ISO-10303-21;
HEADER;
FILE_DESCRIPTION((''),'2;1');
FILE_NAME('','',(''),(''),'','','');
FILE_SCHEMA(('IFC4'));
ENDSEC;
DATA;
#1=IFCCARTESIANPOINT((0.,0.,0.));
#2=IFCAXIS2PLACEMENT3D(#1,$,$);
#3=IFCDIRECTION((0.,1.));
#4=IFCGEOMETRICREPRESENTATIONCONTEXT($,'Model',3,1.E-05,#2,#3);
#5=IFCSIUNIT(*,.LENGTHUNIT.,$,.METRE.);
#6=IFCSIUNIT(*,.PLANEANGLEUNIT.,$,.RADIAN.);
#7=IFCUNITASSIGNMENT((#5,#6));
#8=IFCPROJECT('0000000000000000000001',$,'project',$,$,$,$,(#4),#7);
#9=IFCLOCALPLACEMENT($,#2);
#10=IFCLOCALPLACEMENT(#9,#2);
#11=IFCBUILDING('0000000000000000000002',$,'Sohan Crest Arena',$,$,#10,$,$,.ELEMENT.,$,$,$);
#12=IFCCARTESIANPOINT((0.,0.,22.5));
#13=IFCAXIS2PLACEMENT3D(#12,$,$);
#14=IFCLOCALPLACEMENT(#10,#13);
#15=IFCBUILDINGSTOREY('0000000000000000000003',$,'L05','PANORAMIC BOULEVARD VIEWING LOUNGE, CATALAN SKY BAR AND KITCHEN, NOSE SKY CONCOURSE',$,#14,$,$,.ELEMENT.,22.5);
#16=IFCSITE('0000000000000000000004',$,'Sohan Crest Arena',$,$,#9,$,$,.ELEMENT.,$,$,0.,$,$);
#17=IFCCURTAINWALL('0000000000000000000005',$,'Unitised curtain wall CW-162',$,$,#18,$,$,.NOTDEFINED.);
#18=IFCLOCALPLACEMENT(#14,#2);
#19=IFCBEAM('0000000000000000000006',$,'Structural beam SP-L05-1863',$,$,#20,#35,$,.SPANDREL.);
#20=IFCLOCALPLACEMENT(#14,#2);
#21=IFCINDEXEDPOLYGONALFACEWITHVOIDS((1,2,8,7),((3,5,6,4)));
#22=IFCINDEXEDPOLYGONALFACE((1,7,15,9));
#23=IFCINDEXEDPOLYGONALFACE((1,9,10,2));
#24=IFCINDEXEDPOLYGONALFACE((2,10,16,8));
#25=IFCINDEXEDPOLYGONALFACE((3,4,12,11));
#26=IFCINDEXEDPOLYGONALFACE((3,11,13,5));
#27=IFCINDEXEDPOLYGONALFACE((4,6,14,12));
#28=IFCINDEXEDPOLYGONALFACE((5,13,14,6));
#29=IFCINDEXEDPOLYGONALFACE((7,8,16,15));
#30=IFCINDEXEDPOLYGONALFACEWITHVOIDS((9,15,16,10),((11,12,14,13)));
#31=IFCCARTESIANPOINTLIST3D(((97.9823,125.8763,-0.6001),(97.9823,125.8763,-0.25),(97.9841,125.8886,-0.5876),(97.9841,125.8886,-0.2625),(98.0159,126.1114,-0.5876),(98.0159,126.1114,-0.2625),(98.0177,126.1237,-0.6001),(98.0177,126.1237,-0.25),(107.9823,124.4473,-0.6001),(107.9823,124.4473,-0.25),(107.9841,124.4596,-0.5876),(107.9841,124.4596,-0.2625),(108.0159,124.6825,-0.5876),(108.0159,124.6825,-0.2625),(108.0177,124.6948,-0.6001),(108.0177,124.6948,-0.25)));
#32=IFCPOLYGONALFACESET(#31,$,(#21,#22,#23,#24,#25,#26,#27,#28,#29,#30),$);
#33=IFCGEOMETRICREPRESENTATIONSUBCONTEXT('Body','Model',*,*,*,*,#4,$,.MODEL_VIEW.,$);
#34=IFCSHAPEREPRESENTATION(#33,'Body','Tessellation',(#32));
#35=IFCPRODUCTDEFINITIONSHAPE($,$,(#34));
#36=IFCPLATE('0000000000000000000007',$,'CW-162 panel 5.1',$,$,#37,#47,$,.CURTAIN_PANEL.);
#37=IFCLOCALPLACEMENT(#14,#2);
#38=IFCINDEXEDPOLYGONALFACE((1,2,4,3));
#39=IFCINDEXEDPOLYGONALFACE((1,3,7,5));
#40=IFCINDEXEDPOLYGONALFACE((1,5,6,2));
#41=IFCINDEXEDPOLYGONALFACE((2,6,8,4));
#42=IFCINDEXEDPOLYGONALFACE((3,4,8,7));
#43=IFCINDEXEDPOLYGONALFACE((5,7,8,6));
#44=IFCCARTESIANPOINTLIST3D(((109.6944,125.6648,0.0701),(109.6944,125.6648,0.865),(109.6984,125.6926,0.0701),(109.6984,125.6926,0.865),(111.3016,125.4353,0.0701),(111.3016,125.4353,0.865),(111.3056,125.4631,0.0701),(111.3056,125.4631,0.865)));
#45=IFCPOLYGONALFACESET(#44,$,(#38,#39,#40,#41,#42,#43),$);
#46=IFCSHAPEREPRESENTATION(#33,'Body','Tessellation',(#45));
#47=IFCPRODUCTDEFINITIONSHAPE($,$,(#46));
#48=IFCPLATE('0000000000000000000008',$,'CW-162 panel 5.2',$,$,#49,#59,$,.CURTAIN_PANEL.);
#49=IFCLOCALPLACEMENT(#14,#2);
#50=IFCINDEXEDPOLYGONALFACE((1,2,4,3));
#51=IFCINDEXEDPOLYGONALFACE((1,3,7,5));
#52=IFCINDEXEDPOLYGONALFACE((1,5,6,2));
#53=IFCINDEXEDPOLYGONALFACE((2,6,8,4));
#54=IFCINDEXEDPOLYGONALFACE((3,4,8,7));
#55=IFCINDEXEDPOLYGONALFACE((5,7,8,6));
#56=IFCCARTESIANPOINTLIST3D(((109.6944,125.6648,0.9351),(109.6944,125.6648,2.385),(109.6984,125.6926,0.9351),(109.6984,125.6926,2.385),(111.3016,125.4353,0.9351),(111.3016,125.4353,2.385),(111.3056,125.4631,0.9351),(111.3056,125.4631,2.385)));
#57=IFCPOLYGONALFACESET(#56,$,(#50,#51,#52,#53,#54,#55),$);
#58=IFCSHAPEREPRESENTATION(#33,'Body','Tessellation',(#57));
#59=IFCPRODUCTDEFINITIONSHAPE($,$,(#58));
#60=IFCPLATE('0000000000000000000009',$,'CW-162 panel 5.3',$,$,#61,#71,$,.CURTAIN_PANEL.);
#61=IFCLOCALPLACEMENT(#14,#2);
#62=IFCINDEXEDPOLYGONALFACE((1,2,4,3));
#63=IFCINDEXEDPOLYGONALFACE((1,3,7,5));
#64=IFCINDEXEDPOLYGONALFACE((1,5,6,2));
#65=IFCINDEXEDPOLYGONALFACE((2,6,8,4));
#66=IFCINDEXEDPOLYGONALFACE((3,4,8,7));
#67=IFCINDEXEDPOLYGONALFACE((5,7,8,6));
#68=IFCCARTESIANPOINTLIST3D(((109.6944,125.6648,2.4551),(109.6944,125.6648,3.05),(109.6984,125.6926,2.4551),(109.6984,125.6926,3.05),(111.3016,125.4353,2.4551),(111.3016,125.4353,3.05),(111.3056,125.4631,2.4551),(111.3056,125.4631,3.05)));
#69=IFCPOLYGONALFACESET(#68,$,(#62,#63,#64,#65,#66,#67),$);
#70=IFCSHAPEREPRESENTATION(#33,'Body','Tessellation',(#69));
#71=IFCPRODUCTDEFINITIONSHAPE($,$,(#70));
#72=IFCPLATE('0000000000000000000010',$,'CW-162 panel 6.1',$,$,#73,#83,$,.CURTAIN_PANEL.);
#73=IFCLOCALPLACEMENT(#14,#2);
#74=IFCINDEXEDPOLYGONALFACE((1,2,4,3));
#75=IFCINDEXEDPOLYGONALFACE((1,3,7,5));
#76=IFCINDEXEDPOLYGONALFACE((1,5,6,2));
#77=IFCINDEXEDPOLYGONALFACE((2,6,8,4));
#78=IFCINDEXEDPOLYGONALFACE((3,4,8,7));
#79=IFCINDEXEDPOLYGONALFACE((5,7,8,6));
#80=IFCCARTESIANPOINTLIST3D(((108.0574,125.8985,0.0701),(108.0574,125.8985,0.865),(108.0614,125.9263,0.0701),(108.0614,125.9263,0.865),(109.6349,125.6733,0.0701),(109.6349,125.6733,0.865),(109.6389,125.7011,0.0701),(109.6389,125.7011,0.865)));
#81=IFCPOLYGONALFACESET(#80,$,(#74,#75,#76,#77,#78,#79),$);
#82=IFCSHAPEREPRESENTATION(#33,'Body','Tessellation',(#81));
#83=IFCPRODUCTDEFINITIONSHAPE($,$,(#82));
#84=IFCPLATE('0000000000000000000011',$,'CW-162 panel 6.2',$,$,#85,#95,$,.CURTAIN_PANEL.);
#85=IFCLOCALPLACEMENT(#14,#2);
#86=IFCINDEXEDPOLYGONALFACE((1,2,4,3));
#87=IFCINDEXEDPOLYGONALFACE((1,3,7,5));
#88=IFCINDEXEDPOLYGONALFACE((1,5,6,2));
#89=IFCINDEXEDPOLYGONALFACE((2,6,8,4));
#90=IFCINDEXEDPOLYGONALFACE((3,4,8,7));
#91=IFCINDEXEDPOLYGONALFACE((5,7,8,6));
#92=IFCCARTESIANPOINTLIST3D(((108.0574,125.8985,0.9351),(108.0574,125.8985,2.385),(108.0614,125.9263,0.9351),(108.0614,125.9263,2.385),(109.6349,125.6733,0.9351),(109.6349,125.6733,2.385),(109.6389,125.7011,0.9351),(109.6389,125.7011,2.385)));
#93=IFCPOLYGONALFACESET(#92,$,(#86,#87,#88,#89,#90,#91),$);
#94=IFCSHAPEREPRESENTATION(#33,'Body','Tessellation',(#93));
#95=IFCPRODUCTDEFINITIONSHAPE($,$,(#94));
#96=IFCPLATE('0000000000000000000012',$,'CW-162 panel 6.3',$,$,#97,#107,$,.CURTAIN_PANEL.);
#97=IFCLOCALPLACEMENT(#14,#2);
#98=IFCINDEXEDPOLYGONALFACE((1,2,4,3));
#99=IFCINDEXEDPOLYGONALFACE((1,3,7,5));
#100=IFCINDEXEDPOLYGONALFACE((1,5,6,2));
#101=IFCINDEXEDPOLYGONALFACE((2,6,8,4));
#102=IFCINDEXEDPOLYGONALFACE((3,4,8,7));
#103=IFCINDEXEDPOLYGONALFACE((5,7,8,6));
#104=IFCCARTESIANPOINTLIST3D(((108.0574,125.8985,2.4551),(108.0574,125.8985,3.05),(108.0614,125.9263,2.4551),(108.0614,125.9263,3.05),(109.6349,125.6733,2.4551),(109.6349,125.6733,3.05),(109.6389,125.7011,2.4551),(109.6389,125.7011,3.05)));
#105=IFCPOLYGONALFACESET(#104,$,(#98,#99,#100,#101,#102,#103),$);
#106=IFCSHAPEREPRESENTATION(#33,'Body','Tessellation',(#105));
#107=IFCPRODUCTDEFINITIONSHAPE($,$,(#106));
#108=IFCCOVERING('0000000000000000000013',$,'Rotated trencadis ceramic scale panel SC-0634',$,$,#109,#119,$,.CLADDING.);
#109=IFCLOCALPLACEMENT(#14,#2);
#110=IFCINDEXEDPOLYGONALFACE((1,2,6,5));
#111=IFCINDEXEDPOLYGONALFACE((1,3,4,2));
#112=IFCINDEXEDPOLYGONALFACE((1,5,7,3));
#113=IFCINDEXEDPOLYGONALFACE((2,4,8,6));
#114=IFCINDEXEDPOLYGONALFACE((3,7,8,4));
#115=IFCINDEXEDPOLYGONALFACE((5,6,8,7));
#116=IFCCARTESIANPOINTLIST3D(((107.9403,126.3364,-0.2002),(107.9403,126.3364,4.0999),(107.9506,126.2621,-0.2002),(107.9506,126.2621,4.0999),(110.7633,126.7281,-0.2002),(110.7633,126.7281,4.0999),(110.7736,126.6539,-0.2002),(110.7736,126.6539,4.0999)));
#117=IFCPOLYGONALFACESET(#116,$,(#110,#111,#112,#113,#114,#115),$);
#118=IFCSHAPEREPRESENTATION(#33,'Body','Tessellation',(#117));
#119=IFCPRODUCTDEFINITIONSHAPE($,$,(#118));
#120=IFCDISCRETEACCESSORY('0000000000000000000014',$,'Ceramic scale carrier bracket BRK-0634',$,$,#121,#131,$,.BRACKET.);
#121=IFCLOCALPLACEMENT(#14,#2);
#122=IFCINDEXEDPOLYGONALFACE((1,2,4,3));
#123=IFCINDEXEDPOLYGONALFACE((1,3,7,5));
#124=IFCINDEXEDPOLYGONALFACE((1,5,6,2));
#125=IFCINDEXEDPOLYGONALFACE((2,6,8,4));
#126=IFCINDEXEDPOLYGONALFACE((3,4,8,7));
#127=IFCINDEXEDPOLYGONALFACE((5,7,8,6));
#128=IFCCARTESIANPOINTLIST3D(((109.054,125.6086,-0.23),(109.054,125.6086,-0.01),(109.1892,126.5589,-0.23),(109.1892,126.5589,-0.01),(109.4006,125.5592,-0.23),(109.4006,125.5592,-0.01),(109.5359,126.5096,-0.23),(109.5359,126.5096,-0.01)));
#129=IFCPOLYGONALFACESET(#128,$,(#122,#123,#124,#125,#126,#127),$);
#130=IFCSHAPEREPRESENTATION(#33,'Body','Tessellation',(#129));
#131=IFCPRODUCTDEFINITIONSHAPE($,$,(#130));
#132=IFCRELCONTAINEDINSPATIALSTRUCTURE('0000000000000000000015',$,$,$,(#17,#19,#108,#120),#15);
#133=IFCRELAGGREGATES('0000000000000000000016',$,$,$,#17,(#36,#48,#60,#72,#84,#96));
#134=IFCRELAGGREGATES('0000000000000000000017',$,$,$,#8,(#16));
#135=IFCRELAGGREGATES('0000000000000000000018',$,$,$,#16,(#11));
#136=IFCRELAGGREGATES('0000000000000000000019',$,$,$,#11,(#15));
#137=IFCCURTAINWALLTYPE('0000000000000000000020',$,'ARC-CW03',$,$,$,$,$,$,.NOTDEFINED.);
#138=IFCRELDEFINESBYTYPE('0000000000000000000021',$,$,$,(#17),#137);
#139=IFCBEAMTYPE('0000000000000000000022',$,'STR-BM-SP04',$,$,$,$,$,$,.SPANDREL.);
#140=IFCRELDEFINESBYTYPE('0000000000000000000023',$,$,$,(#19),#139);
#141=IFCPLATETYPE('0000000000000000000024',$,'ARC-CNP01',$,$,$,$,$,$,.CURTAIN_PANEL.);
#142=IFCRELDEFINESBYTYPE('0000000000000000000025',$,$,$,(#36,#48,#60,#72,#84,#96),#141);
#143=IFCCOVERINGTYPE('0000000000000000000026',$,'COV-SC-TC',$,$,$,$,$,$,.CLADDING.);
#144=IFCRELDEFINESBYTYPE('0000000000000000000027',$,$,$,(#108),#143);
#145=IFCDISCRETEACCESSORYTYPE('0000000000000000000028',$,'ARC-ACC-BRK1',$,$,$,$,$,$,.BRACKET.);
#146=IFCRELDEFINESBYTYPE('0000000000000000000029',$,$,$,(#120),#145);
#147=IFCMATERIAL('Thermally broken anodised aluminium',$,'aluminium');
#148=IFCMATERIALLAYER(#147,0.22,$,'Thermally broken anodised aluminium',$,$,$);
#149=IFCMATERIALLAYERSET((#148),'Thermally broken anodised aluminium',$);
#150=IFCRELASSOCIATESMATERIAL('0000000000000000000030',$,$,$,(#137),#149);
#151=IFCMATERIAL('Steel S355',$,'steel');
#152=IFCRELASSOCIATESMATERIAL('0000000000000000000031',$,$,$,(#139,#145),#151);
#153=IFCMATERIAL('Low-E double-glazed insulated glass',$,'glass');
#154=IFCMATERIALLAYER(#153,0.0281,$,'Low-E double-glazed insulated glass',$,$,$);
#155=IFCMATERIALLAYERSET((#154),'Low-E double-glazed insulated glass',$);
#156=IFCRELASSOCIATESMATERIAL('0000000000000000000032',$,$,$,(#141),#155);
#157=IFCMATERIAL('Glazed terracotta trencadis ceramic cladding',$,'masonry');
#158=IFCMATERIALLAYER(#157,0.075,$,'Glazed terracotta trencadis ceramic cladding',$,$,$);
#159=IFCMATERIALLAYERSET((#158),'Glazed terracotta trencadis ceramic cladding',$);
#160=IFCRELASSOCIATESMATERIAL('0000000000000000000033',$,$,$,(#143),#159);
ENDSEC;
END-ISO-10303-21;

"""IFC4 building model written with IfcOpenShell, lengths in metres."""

from ifc_helpers import new_model, si_unit, direction, frame, origin, origin_2d, place, context, subcontext, project, spatial, rectangle, hollow_rectangle, extrude, material, layer, layer_set, material_profile, profile_set, type_object, element, aggregate, save


model = new_model("IFC4")

# Units and contexts
model_context = context("Model", 3, precision=1e-05, world=origin(), true_north=direction((0.0, 1.0)))
body_context = subcontext(model_context, "Body", "Model", "MODEL_VIEW")
ifc_project = project(units=[si_unit("LENGTHUNIT", "METRE"), si_unit("PLANEANGLEUNIT", "RADIAN")], contexts=[model_context])

# Site, building, storey
site_placement = place(None, origin())
site = spatial("IfcSite", under=ifc_project, at=site_placement, Name="Sohan Crest Arena", CompositionType="ELEMENT", RefElevation=0.0)
building_placement = place(site_placement, origin())
building = spatial("IfcBuilding", under=site, at=building_placement, Name="Sohan Crest Arena", CompositionType="ELEMENT")
storey_placement = place(building_placement, frame((0.0, 0.0, 22.5)))
storey = spatial("IfcBuildingStorey", under=building, at=storey_placement, Name="L05", Description="PANORAMIC BOULEVARD VIEWING LOUNGE, CATALAN SKY BAR AND KITCHEN, NOSE SKY CONCOURSE", CompositionType="ELEMENT", Elevation=22.5)

# Shared definitions
ifc_material_1 = material(Name="Steel S355", Category="steel")

# Curtain wall
ifc_material_2 = material(Name="Thermally broken anodised aluminium", Category="aluminium")
ifc_layer_1 = layer(ifc_material_2, 0.22, Name="Thermally broken anodised aluminium")
ifc_layer_set_1 = layer_set([ifc_layer_1], Name="Thermally broken anodised aluminium")
curtain_wall_type_1 = type_object("IfcCurtainWallType", Name="ARC-CW03", PredefinedType="NOTDEFINED", material=ifc_layer_set_1)
curtain_wall_1_placement = place(storey_placement, origin())
curtain_wall_1 = element("IfcCurtainWall", 1, at=curtain_wall_1_placement, inside=storey, type_object=curtain_wall_type_1, Name="Unitised curtain wall CW-162", PredefinedType="NOTDEFINED")

# Beam
ifc_material_profile_1 = material_profile(ifc_material_1, hollow_rectangle(XDim=0.25, YDim=0.3501, WallThickness=0.0125, at=origin_2d()), Name="RHS 350x250x12.5")
ifc_profile_set_1 = profile_set([ifc_material_profile_1], Name="Steel S355")
beam_type = type_object("IfcBeamType", Name="STR-BM-SP04", PredefinedType="SPANDREL", material=ifc_profile_set_1)
beam_placement = place(storey_placement, frame((108.0, 124.571, -0.425), z_axis=(-0.989944, 0.141459, 0.0), x_axis=(-0.141459, -0.989944, 0.0)))
element("IfcBeam", 2, at=beam_placement, inside=storey, type_object=beam_type, Name="Structural beam SP-L05-1863", PredefinedType="SPANDREL", context=body_context, shape_type="SweptSolid", body=[
    extrude(hollow_rectangle(XDim=0.25, YDim=0.3501, WallThickness=0.0125, at=origin_2d()), origin(), (0.0, 0.0, 1.0), 10.1016),
])

# Plates
ifc_material_3 = material(Name="Low-E double-glazed insulated glass", Category="glass")
ifc_layer_2 = layer(ifc_material_3, 0.0281, Name="Low-E double-glazed insulated glass")
ifc_layer_set_2 = layer_set([ifc_layer_2], Name="Low-E double-glazed insulated glass")
plate_type = type_object("IfcPlateType", Name="ARC-CNP01", PredefinedType="CURTAIN_PANEL", material=ifc_layer_set_2)
plate_1_placement = place(storey_placement, frame((110.5, 125.564, 0.0701), z_axis=(0.0, 0.0, 1.0), x_axis=(-0.989957, 0.141366, 0.0)))
plate_1 = element("IfcPlate", 3, at=plate_1_placement, type_object=plate_type, Name="CW-162 panel 5.1", PredefinedType="CURTAIN_PANEL", context=body_context, shape_type="SweptSolid", body=[
    extrude(rectangle(XDim=1.6235, YDim=0.0281, at=origin_2d()), origin(), (0.0, 0.0, 1.0), 0.7949),
])
plate_2_placement = place(storey_placement, frame((110.5, 125.564, 0.9351), z_axis=(0.0, 0.0, 1.0), x_axis=(-0.989957, 0.141366, 0.0)))
plate_2 = element("IfcPlate", 4, at=plate_2_placement, type_object=plate_type, Name="CW-162 panel 5.2", PredefinedType="CURTAIN_PANEL", context=body_context, shape_type="SweptSolid", body=[
    extrude(rectangle(XDim=1.6235, YDim=0.0281, at=origin_2d()), origin(), (0.0, 0.0, 1.0), 1.45),
])
plate_3_placement = place(storey_placement, frame((110.5, 125.564, 2.4551), z_axis=(0.0, 0.0, 1.0), x_axis=(-0.989957, 0.141366, 0.0)))
plate_3 = element("IfcPlate", 5, at=plate_3_placement, type_object=plate_type, Name="CW-162 panel 5.3", PredefinedType="CURTAIN_PANEL", context=body_context, shape_type="SweptSolid", body=[
    extrude(rectangle(XDim=1.6235, YDim=0.0281, at=origin_2d()), origin(), (0.0, 0.0, 1.0), 0.595),
])
plate_4_placement = place(storey_placement, frame((108.8481, 125.7998, 0.0701), z_axis=(0.0, 0.0, 1.0), x_axis=(-0.989957, 0.141366, 0.0)))
plate_4 = element("IfcPlate", 6, at=plate_4_placement, type_object=plate_type, Name="CW-162 panel 6.1", PredefinedType="CURTAIN_PANEL", context=body_context, shape_type="SweptSolid", body=[
    extrude(rectangle(XDim=1.5935, YDim=0.0281, at=origin_2d()), origin(), (0.0, 0.0, 1.0), 0.7949),
])
plate_5_placement = place(storey_placement, frame((108.8481, 125.7998, 0.9351), z_axis=(0.0, 0.0, 1.0), x_axis=(-0.989957, 0.141366, 0.0)))
plate_5 = element("IfcPlate", 7, at=plate_5_placement, type_object=plate_type, Name="CW-162 panel 6.2", PredefinedType="CURTAIN_PANEL", context=body_context, shape_type="SweptSolid", body=[
    extrude(rectangle(XDim=1.5935, YDim=0.0281, at=origin_2d()), origin(), (0.0, 0.0, 1.0), 1.45),
])
plate_6_placement = place(storey_placement, frame((108.8481, 125.7998, 2.4551), z_axis=(0.0, 0.0, 1.0), x_axis=(-0.989957, 0.141366, 0.0)))
plate_6 = element("IfcPlate", 8, at=plate_6_placement, type_object=plate_type, Name="CW-162 panel 6.3", PredefinedType="CURTAIN_PANEL", context=body_context, shape_type="SweptSolid", body=[
    extrude(rectangle(XDim=1.5935, YDim=0.0281, at=origin_2d()), origin(), (0.0, 0.0, 1.0), 0.595),
])
aggregate(curtain_wall_1, [plate_1, plate_2, plate_3, plate_4, plate_5, plate_6])

# Covering
ifc_material_4 = material(Name="Glazed terracotta trencadis ceramic cladding", Category="masonry")
ifc_layer_3 = layer(ifc_material_4, 0.075, Name="Glazed terracotta trencadis ceramic cladding")
ifc_layer_set_3 = layer_set([ifc_layer_3], Name="Glazed terracotta trencadis ceramic cladding")
covering_type = type_object("IfcCoveringType", Name="COV-SC-TC", PredefinedType="CLADDING", material=ifc_layer_set_3)
covering_placement = place(storey_placement, frame((109.3569, 126.4951, -0.2002), z_axis=(0.0, 0.0, 1.0), x_axis=(-0.990509, -0.137445, 0.0)))
element("IfcCovering", 9, at=covering_placement, inside=storey, type_object=covering_type, Name="Rotated trencadis ceramic scale panel SC-0634", PredefinedType="CLADDING", context=body_context, shape_type="SweptSolid", body=[
    extrude(rectangle(XDim=2.8501, YDim=0.075, at=origin_2d()), origin(), (0.0, 0.0, 1.0), 4.3),
])

# Discrete accessory
discrete_accessory_type = type_object("IfcDiscreteAccessoryType", Name="ARC-ACC-BRK1", PredefinedType="BRACKET", material=ifc_material_1)
discrete_accessory_placement = place(storey_placement, frame((109.2949, 126.0591, -0.23), z_axis=(0.0, 0.0, 1.0), x_axis=(-0.990024, 0.140901, 0.0)))
element("IfcDiscreteAccessory", 10, at=discrete_accessory_placement, inside=storey, type_object=discrete_accessory_type, Name="Ceramic scale carrier bracket BRK-0634", PredefinedType="BRACKET", context=body_context, shape_type="SweptSolid", body=[
    extrude(rectangle(XDim=0.3501, YDim=0.96, at=origin_2d()), origin(), (0.0, 0.0, 1.0), 0.22),
])

save(model, "model.ifc")
